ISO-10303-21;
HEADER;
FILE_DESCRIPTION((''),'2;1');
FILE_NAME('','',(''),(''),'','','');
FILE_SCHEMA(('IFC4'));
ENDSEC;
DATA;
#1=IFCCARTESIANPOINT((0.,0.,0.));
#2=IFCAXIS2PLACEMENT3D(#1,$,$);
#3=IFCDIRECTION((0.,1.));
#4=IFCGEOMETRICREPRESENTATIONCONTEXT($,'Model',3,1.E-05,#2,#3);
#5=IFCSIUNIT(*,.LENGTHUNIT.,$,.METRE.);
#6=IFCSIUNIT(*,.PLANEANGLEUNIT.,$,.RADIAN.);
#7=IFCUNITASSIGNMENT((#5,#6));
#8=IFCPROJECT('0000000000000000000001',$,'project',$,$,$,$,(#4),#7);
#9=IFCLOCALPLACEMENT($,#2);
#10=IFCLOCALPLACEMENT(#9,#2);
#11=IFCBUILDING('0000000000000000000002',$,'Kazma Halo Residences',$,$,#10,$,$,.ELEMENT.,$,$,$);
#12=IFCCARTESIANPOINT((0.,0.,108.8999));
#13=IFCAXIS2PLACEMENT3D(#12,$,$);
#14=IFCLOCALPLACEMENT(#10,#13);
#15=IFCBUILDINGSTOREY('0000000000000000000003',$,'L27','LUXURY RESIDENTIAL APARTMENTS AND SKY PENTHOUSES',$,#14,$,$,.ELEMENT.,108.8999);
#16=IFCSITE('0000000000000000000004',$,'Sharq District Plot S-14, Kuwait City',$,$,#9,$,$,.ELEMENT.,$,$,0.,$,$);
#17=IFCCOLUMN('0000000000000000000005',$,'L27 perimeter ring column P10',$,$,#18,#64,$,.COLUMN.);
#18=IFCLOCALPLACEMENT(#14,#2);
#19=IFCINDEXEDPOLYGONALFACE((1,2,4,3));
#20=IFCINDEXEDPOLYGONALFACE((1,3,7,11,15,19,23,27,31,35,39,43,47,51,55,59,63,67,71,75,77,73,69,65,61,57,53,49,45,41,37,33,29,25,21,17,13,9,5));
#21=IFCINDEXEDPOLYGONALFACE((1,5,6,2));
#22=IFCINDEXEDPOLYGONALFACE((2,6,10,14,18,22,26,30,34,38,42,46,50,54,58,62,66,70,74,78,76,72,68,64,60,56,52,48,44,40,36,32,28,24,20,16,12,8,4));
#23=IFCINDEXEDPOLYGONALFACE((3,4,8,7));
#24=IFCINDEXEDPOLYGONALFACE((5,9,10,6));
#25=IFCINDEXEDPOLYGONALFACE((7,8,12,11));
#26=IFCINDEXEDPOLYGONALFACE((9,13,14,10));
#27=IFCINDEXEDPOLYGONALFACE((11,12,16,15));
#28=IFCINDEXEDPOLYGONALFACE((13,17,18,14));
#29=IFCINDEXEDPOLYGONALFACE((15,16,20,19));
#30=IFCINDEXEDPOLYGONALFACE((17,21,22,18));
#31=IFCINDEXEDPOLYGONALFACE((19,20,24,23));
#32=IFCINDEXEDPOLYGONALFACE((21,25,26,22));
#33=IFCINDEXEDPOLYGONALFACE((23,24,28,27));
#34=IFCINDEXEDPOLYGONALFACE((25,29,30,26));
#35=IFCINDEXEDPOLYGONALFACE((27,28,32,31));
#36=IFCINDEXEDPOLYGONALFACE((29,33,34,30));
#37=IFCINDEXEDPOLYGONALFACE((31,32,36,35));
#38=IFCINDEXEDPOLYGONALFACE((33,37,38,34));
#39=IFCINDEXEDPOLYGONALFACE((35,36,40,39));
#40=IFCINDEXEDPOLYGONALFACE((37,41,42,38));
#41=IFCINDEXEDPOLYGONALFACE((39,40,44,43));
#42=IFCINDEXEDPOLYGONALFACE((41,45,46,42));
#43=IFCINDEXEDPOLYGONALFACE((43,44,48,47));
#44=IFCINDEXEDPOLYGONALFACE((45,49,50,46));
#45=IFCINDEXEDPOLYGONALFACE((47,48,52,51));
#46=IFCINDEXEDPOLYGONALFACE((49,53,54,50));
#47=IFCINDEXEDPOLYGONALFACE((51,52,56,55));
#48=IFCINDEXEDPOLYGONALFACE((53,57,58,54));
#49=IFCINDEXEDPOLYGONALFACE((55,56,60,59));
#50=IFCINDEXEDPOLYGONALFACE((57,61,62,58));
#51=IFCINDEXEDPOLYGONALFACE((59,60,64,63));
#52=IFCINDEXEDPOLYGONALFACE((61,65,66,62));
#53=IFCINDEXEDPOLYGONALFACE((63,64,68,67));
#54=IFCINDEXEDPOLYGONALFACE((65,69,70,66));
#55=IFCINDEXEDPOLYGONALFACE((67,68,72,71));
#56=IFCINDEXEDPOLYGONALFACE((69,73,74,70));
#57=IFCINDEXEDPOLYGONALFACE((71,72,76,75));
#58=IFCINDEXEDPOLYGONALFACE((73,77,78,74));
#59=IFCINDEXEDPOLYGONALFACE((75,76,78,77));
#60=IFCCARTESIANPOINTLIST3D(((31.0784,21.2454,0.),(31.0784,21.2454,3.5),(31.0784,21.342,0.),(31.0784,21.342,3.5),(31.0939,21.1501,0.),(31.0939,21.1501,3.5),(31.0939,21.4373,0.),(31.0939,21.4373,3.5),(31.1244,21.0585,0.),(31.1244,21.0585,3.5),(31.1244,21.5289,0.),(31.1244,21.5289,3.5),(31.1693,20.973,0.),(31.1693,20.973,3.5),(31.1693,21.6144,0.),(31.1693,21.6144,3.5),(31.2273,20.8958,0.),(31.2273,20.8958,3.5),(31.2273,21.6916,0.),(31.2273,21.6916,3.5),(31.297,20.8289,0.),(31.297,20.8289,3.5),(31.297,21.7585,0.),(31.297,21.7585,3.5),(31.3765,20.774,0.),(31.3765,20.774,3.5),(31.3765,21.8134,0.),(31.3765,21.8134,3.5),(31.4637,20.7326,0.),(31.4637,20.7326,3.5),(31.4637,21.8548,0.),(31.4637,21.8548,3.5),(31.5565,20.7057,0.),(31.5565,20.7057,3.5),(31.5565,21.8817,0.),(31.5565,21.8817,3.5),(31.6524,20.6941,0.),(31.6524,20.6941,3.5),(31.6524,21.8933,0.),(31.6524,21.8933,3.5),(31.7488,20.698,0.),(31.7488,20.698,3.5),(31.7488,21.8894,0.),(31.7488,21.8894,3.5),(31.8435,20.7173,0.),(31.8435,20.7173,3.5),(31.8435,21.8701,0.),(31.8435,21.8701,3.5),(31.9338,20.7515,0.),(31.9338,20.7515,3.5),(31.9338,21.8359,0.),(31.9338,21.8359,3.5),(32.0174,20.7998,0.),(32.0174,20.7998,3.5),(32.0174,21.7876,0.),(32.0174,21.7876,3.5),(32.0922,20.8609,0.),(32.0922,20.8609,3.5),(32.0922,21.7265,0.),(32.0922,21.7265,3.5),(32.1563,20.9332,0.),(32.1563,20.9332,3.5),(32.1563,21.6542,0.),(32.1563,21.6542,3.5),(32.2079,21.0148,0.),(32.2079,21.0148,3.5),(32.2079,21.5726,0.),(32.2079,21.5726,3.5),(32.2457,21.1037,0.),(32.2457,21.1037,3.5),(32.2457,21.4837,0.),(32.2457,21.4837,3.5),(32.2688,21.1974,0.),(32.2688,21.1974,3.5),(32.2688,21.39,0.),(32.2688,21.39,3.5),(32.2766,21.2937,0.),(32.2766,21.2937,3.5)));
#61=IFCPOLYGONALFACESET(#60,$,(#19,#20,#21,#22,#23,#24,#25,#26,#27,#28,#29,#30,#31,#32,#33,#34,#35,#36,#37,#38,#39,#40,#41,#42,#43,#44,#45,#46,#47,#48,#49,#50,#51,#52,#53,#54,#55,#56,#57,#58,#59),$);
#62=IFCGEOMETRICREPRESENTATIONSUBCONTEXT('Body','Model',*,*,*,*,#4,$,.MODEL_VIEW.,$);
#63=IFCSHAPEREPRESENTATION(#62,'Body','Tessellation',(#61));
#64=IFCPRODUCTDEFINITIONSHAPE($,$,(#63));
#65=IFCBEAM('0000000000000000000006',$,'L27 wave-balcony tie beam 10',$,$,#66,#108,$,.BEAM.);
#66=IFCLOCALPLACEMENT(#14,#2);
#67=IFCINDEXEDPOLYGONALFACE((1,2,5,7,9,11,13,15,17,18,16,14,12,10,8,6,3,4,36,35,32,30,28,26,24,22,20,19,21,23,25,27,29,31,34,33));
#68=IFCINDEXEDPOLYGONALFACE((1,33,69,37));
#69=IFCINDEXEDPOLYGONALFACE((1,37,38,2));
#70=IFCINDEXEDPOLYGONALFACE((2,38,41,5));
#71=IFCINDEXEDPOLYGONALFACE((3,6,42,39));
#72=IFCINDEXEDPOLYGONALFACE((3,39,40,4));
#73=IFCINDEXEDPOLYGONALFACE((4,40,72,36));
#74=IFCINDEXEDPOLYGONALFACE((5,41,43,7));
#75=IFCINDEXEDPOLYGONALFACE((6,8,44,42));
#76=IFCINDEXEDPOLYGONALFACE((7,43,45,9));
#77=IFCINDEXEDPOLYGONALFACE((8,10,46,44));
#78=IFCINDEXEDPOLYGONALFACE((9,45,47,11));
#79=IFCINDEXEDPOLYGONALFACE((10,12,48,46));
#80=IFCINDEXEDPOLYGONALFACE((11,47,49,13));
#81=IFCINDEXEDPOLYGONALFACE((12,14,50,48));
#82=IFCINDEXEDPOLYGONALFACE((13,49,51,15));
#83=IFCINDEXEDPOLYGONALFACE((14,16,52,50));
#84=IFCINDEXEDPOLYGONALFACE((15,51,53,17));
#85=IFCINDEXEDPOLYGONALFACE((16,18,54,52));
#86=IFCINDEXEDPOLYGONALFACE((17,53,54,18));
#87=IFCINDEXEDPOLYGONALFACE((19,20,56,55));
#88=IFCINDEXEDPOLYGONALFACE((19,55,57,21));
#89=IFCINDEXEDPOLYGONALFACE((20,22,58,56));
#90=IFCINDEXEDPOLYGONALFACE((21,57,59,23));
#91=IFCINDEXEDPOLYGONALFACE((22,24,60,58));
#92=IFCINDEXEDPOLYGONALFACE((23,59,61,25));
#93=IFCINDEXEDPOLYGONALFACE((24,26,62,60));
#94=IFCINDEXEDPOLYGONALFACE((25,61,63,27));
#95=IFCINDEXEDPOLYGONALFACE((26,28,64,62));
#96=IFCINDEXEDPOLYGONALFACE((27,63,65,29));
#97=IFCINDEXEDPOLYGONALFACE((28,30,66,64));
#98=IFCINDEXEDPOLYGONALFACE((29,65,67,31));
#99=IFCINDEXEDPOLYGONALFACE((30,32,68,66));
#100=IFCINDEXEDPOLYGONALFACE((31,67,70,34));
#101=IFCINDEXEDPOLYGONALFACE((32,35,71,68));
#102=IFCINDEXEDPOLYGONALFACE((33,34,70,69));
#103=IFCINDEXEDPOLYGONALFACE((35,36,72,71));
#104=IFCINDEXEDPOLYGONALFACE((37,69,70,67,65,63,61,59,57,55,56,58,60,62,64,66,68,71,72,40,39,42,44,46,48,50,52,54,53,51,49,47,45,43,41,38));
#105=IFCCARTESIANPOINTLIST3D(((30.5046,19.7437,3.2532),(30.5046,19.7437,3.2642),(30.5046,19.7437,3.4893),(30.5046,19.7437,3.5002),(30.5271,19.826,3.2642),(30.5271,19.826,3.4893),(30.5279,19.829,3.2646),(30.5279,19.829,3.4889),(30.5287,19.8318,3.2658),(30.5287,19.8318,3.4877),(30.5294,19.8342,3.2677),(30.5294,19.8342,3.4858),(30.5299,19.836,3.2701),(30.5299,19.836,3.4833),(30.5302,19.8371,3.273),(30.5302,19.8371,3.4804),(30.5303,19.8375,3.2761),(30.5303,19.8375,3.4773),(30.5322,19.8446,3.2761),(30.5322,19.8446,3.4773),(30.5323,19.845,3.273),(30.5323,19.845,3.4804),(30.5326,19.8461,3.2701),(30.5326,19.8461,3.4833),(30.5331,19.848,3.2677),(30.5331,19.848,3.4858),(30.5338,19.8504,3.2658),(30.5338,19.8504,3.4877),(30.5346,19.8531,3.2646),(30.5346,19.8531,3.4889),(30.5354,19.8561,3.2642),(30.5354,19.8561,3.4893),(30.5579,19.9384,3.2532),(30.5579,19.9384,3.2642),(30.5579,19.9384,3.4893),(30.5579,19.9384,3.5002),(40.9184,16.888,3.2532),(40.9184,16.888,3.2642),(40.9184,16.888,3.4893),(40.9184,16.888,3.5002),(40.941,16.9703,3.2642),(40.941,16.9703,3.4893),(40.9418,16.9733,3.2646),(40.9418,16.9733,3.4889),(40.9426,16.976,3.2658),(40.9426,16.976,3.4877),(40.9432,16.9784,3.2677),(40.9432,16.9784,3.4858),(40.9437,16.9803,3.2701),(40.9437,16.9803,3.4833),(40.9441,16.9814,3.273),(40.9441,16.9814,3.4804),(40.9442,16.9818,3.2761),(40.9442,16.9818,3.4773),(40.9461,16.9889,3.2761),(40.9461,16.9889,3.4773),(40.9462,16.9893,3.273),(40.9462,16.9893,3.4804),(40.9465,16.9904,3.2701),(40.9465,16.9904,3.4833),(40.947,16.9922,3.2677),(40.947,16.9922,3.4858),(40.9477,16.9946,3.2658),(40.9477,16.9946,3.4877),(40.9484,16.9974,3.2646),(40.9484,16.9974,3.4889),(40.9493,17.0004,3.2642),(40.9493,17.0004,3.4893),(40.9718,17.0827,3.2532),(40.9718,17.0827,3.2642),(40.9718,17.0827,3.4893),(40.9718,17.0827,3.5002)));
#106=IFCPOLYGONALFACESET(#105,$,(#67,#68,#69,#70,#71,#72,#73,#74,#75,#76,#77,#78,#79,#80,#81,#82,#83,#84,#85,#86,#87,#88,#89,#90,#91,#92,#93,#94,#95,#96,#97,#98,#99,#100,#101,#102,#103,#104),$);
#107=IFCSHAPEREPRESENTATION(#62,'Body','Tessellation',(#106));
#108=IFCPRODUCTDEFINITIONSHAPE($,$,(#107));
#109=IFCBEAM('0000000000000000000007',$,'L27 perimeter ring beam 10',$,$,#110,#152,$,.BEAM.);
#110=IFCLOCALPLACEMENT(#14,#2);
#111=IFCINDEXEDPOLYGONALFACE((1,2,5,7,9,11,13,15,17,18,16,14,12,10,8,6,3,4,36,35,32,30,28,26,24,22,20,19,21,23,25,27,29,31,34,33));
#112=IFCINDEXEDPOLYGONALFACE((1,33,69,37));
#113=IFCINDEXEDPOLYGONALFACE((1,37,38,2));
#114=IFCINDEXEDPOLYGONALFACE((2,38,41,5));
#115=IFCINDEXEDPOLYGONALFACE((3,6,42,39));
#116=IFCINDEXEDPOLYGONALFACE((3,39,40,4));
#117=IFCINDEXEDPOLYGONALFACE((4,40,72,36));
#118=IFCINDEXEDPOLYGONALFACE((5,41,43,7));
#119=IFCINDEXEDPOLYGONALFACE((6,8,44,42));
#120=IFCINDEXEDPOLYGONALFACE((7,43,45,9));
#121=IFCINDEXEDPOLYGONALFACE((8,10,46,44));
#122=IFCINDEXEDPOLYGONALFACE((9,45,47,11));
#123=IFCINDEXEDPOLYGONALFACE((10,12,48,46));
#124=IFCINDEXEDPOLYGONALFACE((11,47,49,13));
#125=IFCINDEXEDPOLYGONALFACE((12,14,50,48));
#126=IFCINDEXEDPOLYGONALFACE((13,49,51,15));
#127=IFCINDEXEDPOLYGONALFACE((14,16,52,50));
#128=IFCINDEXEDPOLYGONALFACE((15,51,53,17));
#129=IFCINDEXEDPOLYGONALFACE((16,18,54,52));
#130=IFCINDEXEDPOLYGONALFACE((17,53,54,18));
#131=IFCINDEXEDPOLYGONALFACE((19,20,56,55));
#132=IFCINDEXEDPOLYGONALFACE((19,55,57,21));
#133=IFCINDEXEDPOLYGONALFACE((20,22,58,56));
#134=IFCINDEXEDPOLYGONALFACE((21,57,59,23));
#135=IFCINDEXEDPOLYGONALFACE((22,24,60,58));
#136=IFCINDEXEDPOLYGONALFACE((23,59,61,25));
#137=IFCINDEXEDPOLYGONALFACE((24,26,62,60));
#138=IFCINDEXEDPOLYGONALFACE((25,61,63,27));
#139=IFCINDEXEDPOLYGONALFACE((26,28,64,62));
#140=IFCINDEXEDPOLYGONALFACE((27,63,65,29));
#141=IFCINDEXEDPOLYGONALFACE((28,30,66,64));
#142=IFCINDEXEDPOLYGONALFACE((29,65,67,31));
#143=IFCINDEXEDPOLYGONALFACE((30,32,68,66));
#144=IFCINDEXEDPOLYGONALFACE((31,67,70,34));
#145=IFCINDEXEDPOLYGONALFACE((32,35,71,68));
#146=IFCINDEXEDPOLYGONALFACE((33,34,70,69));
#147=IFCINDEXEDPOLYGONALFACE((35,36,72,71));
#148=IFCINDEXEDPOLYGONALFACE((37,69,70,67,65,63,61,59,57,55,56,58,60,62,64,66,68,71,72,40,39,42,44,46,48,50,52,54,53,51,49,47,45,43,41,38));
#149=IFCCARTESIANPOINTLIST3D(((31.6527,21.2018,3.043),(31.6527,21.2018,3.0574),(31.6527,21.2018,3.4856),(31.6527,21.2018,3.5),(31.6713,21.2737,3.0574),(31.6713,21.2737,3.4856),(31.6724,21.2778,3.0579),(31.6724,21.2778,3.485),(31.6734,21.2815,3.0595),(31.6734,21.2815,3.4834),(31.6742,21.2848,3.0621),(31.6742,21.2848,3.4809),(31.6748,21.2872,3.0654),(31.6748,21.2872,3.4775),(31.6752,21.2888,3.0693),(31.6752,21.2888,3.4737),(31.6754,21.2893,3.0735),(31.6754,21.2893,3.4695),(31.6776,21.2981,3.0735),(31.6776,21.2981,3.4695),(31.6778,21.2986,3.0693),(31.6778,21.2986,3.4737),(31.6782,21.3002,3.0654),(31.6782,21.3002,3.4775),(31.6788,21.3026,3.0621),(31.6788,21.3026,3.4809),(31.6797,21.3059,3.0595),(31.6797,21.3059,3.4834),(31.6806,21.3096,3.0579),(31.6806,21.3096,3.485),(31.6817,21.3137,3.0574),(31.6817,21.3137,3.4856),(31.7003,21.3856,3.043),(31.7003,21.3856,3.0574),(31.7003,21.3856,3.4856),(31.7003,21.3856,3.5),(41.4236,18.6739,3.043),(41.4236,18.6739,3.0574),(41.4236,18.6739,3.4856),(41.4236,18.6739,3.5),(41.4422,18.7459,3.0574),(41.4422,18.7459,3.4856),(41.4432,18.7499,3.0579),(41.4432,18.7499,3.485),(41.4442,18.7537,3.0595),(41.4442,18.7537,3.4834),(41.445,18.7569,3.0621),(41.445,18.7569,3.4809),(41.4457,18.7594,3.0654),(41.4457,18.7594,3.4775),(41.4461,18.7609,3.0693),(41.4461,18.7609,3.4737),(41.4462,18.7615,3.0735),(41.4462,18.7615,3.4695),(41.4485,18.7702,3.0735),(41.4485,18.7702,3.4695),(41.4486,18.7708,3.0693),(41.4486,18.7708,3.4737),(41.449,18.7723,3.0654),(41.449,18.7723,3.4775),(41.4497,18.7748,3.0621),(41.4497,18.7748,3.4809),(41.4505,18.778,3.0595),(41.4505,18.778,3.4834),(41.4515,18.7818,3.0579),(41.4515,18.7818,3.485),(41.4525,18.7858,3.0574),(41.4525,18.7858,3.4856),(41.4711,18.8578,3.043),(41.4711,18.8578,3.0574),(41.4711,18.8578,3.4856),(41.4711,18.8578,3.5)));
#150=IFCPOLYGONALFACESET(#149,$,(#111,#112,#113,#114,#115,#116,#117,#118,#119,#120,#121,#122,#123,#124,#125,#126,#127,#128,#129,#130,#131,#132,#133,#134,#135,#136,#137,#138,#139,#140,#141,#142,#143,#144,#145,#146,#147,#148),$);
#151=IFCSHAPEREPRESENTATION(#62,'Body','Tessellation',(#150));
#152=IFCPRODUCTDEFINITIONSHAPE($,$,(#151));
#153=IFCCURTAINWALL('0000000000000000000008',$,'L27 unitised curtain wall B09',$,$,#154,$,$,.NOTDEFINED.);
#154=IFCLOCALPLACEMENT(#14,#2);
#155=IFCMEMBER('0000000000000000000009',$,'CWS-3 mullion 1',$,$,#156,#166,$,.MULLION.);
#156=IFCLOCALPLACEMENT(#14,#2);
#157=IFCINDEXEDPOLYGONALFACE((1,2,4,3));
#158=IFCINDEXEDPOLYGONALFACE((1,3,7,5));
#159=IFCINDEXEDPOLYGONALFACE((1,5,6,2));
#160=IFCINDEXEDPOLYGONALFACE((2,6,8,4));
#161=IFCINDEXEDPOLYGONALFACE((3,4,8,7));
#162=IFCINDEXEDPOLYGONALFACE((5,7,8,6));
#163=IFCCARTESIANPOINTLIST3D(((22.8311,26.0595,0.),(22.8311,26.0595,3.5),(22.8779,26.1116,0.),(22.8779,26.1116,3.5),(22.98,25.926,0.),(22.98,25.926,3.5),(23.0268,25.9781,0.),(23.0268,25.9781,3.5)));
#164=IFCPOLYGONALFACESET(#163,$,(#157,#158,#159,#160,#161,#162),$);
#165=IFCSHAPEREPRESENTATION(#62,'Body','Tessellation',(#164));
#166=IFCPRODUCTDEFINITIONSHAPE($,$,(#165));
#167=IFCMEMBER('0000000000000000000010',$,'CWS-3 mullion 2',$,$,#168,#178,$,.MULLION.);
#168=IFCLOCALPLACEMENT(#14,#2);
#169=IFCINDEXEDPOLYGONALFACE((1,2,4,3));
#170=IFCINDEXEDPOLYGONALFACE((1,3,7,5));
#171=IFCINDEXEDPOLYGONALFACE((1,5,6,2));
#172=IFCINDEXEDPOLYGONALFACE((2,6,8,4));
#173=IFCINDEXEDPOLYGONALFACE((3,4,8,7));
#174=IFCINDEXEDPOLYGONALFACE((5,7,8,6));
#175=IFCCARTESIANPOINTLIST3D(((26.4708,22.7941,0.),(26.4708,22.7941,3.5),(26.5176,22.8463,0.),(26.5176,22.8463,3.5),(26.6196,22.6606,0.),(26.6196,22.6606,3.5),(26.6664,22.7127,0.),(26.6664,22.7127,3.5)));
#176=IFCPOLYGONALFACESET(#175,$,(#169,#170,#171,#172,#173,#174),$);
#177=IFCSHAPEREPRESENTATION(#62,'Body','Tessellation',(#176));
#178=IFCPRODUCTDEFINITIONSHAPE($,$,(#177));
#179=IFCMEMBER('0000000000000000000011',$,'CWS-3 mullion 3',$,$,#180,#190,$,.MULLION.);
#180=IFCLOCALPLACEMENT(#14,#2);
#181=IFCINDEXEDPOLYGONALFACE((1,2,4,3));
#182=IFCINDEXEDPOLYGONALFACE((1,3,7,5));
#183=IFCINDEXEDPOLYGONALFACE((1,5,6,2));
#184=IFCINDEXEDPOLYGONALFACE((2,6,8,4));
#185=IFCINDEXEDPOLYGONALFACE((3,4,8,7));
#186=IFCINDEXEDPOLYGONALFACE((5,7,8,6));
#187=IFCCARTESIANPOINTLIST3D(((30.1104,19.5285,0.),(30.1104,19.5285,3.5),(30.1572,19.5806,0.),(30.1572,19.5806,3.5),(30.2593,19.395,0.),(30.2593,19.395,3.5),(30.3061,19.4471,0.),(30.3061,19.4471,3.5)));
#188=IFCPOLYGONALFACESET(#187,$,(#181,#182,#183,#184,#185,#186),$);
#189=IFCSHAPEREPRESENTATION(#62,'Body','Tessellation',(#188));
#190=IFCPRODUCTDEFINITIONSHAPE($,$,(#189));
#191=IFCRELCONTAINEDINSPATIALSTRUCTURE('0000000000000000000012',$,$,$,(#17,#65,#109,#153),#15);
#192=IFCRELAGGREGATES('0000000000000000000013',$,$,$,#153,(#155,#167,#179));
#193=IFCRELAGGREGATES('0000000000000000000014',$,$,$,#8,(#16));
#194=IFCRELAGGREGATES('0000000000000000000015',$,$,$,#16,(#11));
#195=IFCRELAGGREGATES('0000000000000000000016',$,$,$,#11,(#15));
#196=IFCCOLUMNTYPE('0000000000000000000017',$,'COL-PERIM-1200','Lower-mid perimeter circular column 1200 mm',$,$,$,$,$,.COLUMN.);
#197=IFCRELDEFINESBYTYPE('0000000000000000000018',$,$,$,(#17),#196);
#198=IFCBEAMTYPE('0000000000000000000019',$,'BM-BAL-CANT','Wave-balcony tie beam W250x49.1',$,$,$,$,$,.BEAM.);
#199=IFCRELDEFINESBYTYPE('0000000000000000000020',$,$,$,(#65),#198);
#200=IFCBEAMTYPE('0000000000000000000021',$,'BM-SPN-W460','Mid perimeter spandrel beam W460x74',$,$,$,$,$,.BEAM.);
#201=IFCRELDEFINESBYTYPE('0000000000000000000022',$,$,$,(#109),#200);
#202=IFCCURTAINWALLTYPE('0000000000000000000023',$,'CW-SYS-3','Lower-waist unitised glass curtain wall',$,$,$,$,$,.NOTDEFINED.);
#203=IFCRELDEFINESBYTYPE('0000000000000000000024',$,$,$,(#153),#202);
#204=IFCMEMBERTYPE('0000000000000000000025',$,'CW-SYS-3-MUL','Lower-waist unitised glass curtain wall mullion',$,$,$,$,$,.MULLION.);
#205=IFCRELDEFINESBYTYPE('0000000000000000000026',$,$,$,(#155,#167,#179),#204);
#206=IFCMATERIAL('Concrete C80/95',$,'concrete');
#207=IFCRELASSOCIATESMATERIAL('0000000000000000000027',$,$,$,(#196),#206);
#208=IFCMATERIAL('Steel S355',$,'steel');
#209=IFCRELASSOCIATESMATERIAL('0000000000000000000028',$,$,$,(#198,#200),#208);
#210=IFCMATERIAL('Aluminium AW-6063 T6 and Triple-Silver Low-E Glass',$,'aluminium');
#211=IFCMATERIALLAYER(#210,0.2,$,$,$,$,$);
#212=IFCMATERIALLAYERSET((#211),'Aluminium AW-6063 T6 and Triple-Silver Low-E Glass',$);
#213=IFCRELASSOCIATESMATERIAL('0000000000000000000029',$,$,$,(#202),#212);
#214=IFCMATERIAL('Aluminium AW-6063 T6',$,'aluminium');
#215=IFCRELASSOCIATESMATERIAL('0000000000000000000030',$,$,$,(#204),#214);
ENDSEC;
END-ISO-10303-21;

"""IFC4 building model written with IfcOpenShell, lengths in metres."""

from ifc_helpers import new_model, si_unit, direction, frame, origin, origin_2d, place, context, subcontext, project, spatial, rectangle, circle, i_section, extrude, material, layer, layer_set, material_profile, profile_set, type_object, element, aggregate, save


model = new_model("IFC4")

# Units and contexts
model_context = context("Model", 3, precision=1e-05, world=origin(), true_north=direction((0.0, 1.0)))
body_context = subcontext(model_context, "Body", "Model", "MODEL_VIEW")
ifc_project = project(units=[si_unit("LENGTHUNIT", "METRE"), si_unit("PLANEANGLEUNIT", "RADIAN")], contexts=[model_context])

# Site, building, storey
site_placement = place(None, origin())
site = spatial("IfcSite", under=ifc_project, at=site_placement, Name="Sharq District Plot S-14, Kuwait City", CompositionType="ELEMENT", RefElevation=0.0)
building_placement = place(site_placement, origin())
building = spatial("IfcBuilding", under=site, at=building_placement, Name="Kazma Halo Residences", CompositionType="ELEMENT")
storey_placement = place(building_placement, frame((0.0, 0.0, 108.8999)))
storey = spatial("IfcBuildingStorey", under=building, at=storey_placement, Name="L27", Description="LUXURY RESIDENTIAL APARTMENTS AND SKY PENTHOUSES", CompositionType="ELEMENT", Elevation=108.8999)

# Column
ifc_material_1 = material(Name="Concrete C80/95", Category="concrete")
ifc_material_profile_1 = material_profile(ifc_material_1, circle(Radius=0.6001, at=origin_2d()), Name="CIRC1200")
ifc_profile_set_1 = profile_set([ifc_material_profile_1], Name="Concrete C80/95")
column_type = type_object("IfcColumnType", Name="COL-PERIM-1200", Description="Lower-mid perimeter circular column 1200 mm", PredefinedType="COLUMN", material=ifc_profile_set_1)
column_placement = place(storey_placement, frame((31.6765, 21.2937, 0.0), z_axis=(0.0, 0.0, 1.0), x_axis=(1.0, 0.0, 0.0)))
element("IfcColumn", 1, at=column_placement, inside=storey, type_object=column_type, Name="L27 perimeter ring column P10", PredefinedType="COLUMN", context=body_context, shape_type="SweptSolid", body=[
    extrude(circle(Radius=0.6001, at=origin_2d()), origin(), (0.0, 0.0, 1.0), 3.5),
])

# Beams
ifc_material_2 = material(Name="Steel S355", Category="steel")
ifc_material_profile_2 = material_profile(ifc_material_2, i_section(OverallWidth=0.2019, OverallDepth=0.2471, WebThickness=0.0073, FlangeThickness=0.011, FilletRadius=0.012, at=origin_2d()), Name="W250x49.1")
ifc_profile_set_2 = profile_set([ifc_material_profile_2], Name="Steel S355")
beam_type_1 = type_object("IfcBeamType", Name="BM-BAL-CANT", Description="Wave-balcony tie beam W250x49.1", PredefinedType="BEAM", material=ifc_profile_set_2)
beam_1_placement = place(storey_placement, frame((30.5312, 19.8411, 3.3767), z_axis=(0.964397, -0.26446, 0.0), x_axis=(0.26446, 0.964397, 0.0)))
element("IfcBeam", 2, at=beam_1_placement, inside=storey, type_object=beam_type_1, Name="L27 wave-balcony tie beam 10", PredefinedType="BEAM", context=body_context, shape_type="SweptSolid", body=[
    extrude(i_section(OverallWidth=0.2019, OverallDepth=0.2471, WebThickness=0.0073, FlangeThickness=0.011, FilletRadius=0.012, at=origin_2d()), origin(), (0.0, 0.0, 1.0), 10.7983),
])
ifc_material_profile_3 = material_profile(ifc_material_2, i_section(OverallWidth=0.1899, OverallDepth=0.457, WebThickness=0.009, FlangeThickness=0.0144, FilletRadius=0.0161, at=origin_2d()), Name="W460x74")
ifc_profile_set_3 = profile_set([ifc_material_profile_3], Name="Steel S355")
beam_type_2 = type_object("IfcBeamType", Name="BM-SPN-W460", Description="Mid perimeter spandrel beam W460x74", PredefinedType="BEAM", material=ifc_profile_set_3)
beam_2_placement = place(storey_placement, frame((31.6765, 21.2937, 3.2715), z_axis=(0.968125, -0.250468, 0.0), x_axis=(0.250468, 0.968125, 0.0)))
element("IfcBeam", 3, at=beam_2_placement, inside=storey, type_object=beam_type_2, Name="L27 perimeter ring beam 10", PredefinedType="BEAM", context=body_context, shape_type="SweptSolid", body=[
    extrude(i_section(OverallWidth=0.1899, OverallDepth=0.457, WebThickness=0.009, FlangeThickness=0.0144, FilletRadius=0.0161, at=origin_2d()), origin(), (0.0, 0.0, 1.0), 10.0925),
])

# Curtain wall, members
ifc_material_3 = material(Name="Aluminium AW-6063 T6 and Triple-Silver Low-E Glass", Category="aluminium")
ifc_layer_1 = layer(ifc_material_3, 0.2)
ifc_layer_set_1 = layer_set([ifc_layer_1], Name="Aluminium AW-6063 T6 and Triple-Silver Low-E Glass")
curtain_wall_type = type_object("IfcCurtainWallType", Name="CW-SYS-3", Description="Lower-waist unitised glass curtain wall", PredefinedType="NOTDEFINED", material=ifc_layer_set_1)
curtain_wall_placement = place(storey_placement, origin())
curtain_wall = element("IfcCurtainWall", 4, at=curtain_wall_placement, inside=storey, type_object=curtain_wall_type, Name="L27 unitised curtain wall B09", PredefinedType="NOTDEFINED")
ifc_material_4 = material(Name="Aluminium AW-6063 T6", Category="aluminium")
ifc_material_profile_4 = material_profile(ifc_material_4, rectangle(XDim=0.0701, YDim=0.2, at=origin_2d()), Name="CWM-70x200")
ifc_profile_set_4 = profile_set([ifc_material_profile_4], Name="Aluminium AW-6063 T6")
member_type_1 = type_object("IfcMemberType", Name="CW-SYS-3-MUL", Description="Lower-waist unitised glass curtain wall mullion", PredefinedType="MULLION", material=ifc_profile_set_4)
member_1_placement = place(storey_placement, frame((22.929, 26.0188, 0.0), z_axis=(0.0, 0.0, 1.0), x_axis=(0.667795, 0.744345, 0.0)))
member_1 = element("IfcMember", 5, at=member_1_placement, type_object=member_type_1, Name="CWS-3 mullion 1", PredefinedType="MULLION", context=body_context, shape_type="SweptSolid", body=[
    extrude(rectangle(XDim=0.0701, YDim=0.2, at=origin_2d()), origin(), (0.0, 0.0, 1.0), 3.5),
])
member_2_placement = place(storey_placement, frame((26.5686, 22.7534, 0.0), z_axis=(0.0, 0.0, 1.0), x_axis=(0.667795, 0.744345, 0.0)))
member_2 = element("IfcMember", 6, at=member_2_placement, type_object=member_type_1, Name="CWS-3 mullion 2", PredefinedType="MULLION", context=body_context, shape_type="SweptSolid", body=[
    extrude(rectangle(XDim=0.0701, YDim=0.2, at=origin_2d()), origin(), (0.0, 0.0, 1.0), 3.5),
])
member_3_placement = place(storey_placement, frame((30.2083, 19.4878, 0.0), z_axis=(0.0, 0.0, 1.0), x_axis=(0.667795, 0.744345, 0.0)))
member_3 = element("IfcMember", 7, at=member_3_placement, type_object=member_type_1, Name="CWS-3 mullion 3", PredefinedType="MULLION", context=body_context, shape_type="SweptSolid", body=[
    extrude(rectangle(XDim=0.0701, YDim=0.2, at=origin_2d()), origin(), (0.0, 0.0, 1.0), 3.5),
])
aggregate(curtain_wall, [member_1, member_2, member_3])

save(model, "model.ifc")
